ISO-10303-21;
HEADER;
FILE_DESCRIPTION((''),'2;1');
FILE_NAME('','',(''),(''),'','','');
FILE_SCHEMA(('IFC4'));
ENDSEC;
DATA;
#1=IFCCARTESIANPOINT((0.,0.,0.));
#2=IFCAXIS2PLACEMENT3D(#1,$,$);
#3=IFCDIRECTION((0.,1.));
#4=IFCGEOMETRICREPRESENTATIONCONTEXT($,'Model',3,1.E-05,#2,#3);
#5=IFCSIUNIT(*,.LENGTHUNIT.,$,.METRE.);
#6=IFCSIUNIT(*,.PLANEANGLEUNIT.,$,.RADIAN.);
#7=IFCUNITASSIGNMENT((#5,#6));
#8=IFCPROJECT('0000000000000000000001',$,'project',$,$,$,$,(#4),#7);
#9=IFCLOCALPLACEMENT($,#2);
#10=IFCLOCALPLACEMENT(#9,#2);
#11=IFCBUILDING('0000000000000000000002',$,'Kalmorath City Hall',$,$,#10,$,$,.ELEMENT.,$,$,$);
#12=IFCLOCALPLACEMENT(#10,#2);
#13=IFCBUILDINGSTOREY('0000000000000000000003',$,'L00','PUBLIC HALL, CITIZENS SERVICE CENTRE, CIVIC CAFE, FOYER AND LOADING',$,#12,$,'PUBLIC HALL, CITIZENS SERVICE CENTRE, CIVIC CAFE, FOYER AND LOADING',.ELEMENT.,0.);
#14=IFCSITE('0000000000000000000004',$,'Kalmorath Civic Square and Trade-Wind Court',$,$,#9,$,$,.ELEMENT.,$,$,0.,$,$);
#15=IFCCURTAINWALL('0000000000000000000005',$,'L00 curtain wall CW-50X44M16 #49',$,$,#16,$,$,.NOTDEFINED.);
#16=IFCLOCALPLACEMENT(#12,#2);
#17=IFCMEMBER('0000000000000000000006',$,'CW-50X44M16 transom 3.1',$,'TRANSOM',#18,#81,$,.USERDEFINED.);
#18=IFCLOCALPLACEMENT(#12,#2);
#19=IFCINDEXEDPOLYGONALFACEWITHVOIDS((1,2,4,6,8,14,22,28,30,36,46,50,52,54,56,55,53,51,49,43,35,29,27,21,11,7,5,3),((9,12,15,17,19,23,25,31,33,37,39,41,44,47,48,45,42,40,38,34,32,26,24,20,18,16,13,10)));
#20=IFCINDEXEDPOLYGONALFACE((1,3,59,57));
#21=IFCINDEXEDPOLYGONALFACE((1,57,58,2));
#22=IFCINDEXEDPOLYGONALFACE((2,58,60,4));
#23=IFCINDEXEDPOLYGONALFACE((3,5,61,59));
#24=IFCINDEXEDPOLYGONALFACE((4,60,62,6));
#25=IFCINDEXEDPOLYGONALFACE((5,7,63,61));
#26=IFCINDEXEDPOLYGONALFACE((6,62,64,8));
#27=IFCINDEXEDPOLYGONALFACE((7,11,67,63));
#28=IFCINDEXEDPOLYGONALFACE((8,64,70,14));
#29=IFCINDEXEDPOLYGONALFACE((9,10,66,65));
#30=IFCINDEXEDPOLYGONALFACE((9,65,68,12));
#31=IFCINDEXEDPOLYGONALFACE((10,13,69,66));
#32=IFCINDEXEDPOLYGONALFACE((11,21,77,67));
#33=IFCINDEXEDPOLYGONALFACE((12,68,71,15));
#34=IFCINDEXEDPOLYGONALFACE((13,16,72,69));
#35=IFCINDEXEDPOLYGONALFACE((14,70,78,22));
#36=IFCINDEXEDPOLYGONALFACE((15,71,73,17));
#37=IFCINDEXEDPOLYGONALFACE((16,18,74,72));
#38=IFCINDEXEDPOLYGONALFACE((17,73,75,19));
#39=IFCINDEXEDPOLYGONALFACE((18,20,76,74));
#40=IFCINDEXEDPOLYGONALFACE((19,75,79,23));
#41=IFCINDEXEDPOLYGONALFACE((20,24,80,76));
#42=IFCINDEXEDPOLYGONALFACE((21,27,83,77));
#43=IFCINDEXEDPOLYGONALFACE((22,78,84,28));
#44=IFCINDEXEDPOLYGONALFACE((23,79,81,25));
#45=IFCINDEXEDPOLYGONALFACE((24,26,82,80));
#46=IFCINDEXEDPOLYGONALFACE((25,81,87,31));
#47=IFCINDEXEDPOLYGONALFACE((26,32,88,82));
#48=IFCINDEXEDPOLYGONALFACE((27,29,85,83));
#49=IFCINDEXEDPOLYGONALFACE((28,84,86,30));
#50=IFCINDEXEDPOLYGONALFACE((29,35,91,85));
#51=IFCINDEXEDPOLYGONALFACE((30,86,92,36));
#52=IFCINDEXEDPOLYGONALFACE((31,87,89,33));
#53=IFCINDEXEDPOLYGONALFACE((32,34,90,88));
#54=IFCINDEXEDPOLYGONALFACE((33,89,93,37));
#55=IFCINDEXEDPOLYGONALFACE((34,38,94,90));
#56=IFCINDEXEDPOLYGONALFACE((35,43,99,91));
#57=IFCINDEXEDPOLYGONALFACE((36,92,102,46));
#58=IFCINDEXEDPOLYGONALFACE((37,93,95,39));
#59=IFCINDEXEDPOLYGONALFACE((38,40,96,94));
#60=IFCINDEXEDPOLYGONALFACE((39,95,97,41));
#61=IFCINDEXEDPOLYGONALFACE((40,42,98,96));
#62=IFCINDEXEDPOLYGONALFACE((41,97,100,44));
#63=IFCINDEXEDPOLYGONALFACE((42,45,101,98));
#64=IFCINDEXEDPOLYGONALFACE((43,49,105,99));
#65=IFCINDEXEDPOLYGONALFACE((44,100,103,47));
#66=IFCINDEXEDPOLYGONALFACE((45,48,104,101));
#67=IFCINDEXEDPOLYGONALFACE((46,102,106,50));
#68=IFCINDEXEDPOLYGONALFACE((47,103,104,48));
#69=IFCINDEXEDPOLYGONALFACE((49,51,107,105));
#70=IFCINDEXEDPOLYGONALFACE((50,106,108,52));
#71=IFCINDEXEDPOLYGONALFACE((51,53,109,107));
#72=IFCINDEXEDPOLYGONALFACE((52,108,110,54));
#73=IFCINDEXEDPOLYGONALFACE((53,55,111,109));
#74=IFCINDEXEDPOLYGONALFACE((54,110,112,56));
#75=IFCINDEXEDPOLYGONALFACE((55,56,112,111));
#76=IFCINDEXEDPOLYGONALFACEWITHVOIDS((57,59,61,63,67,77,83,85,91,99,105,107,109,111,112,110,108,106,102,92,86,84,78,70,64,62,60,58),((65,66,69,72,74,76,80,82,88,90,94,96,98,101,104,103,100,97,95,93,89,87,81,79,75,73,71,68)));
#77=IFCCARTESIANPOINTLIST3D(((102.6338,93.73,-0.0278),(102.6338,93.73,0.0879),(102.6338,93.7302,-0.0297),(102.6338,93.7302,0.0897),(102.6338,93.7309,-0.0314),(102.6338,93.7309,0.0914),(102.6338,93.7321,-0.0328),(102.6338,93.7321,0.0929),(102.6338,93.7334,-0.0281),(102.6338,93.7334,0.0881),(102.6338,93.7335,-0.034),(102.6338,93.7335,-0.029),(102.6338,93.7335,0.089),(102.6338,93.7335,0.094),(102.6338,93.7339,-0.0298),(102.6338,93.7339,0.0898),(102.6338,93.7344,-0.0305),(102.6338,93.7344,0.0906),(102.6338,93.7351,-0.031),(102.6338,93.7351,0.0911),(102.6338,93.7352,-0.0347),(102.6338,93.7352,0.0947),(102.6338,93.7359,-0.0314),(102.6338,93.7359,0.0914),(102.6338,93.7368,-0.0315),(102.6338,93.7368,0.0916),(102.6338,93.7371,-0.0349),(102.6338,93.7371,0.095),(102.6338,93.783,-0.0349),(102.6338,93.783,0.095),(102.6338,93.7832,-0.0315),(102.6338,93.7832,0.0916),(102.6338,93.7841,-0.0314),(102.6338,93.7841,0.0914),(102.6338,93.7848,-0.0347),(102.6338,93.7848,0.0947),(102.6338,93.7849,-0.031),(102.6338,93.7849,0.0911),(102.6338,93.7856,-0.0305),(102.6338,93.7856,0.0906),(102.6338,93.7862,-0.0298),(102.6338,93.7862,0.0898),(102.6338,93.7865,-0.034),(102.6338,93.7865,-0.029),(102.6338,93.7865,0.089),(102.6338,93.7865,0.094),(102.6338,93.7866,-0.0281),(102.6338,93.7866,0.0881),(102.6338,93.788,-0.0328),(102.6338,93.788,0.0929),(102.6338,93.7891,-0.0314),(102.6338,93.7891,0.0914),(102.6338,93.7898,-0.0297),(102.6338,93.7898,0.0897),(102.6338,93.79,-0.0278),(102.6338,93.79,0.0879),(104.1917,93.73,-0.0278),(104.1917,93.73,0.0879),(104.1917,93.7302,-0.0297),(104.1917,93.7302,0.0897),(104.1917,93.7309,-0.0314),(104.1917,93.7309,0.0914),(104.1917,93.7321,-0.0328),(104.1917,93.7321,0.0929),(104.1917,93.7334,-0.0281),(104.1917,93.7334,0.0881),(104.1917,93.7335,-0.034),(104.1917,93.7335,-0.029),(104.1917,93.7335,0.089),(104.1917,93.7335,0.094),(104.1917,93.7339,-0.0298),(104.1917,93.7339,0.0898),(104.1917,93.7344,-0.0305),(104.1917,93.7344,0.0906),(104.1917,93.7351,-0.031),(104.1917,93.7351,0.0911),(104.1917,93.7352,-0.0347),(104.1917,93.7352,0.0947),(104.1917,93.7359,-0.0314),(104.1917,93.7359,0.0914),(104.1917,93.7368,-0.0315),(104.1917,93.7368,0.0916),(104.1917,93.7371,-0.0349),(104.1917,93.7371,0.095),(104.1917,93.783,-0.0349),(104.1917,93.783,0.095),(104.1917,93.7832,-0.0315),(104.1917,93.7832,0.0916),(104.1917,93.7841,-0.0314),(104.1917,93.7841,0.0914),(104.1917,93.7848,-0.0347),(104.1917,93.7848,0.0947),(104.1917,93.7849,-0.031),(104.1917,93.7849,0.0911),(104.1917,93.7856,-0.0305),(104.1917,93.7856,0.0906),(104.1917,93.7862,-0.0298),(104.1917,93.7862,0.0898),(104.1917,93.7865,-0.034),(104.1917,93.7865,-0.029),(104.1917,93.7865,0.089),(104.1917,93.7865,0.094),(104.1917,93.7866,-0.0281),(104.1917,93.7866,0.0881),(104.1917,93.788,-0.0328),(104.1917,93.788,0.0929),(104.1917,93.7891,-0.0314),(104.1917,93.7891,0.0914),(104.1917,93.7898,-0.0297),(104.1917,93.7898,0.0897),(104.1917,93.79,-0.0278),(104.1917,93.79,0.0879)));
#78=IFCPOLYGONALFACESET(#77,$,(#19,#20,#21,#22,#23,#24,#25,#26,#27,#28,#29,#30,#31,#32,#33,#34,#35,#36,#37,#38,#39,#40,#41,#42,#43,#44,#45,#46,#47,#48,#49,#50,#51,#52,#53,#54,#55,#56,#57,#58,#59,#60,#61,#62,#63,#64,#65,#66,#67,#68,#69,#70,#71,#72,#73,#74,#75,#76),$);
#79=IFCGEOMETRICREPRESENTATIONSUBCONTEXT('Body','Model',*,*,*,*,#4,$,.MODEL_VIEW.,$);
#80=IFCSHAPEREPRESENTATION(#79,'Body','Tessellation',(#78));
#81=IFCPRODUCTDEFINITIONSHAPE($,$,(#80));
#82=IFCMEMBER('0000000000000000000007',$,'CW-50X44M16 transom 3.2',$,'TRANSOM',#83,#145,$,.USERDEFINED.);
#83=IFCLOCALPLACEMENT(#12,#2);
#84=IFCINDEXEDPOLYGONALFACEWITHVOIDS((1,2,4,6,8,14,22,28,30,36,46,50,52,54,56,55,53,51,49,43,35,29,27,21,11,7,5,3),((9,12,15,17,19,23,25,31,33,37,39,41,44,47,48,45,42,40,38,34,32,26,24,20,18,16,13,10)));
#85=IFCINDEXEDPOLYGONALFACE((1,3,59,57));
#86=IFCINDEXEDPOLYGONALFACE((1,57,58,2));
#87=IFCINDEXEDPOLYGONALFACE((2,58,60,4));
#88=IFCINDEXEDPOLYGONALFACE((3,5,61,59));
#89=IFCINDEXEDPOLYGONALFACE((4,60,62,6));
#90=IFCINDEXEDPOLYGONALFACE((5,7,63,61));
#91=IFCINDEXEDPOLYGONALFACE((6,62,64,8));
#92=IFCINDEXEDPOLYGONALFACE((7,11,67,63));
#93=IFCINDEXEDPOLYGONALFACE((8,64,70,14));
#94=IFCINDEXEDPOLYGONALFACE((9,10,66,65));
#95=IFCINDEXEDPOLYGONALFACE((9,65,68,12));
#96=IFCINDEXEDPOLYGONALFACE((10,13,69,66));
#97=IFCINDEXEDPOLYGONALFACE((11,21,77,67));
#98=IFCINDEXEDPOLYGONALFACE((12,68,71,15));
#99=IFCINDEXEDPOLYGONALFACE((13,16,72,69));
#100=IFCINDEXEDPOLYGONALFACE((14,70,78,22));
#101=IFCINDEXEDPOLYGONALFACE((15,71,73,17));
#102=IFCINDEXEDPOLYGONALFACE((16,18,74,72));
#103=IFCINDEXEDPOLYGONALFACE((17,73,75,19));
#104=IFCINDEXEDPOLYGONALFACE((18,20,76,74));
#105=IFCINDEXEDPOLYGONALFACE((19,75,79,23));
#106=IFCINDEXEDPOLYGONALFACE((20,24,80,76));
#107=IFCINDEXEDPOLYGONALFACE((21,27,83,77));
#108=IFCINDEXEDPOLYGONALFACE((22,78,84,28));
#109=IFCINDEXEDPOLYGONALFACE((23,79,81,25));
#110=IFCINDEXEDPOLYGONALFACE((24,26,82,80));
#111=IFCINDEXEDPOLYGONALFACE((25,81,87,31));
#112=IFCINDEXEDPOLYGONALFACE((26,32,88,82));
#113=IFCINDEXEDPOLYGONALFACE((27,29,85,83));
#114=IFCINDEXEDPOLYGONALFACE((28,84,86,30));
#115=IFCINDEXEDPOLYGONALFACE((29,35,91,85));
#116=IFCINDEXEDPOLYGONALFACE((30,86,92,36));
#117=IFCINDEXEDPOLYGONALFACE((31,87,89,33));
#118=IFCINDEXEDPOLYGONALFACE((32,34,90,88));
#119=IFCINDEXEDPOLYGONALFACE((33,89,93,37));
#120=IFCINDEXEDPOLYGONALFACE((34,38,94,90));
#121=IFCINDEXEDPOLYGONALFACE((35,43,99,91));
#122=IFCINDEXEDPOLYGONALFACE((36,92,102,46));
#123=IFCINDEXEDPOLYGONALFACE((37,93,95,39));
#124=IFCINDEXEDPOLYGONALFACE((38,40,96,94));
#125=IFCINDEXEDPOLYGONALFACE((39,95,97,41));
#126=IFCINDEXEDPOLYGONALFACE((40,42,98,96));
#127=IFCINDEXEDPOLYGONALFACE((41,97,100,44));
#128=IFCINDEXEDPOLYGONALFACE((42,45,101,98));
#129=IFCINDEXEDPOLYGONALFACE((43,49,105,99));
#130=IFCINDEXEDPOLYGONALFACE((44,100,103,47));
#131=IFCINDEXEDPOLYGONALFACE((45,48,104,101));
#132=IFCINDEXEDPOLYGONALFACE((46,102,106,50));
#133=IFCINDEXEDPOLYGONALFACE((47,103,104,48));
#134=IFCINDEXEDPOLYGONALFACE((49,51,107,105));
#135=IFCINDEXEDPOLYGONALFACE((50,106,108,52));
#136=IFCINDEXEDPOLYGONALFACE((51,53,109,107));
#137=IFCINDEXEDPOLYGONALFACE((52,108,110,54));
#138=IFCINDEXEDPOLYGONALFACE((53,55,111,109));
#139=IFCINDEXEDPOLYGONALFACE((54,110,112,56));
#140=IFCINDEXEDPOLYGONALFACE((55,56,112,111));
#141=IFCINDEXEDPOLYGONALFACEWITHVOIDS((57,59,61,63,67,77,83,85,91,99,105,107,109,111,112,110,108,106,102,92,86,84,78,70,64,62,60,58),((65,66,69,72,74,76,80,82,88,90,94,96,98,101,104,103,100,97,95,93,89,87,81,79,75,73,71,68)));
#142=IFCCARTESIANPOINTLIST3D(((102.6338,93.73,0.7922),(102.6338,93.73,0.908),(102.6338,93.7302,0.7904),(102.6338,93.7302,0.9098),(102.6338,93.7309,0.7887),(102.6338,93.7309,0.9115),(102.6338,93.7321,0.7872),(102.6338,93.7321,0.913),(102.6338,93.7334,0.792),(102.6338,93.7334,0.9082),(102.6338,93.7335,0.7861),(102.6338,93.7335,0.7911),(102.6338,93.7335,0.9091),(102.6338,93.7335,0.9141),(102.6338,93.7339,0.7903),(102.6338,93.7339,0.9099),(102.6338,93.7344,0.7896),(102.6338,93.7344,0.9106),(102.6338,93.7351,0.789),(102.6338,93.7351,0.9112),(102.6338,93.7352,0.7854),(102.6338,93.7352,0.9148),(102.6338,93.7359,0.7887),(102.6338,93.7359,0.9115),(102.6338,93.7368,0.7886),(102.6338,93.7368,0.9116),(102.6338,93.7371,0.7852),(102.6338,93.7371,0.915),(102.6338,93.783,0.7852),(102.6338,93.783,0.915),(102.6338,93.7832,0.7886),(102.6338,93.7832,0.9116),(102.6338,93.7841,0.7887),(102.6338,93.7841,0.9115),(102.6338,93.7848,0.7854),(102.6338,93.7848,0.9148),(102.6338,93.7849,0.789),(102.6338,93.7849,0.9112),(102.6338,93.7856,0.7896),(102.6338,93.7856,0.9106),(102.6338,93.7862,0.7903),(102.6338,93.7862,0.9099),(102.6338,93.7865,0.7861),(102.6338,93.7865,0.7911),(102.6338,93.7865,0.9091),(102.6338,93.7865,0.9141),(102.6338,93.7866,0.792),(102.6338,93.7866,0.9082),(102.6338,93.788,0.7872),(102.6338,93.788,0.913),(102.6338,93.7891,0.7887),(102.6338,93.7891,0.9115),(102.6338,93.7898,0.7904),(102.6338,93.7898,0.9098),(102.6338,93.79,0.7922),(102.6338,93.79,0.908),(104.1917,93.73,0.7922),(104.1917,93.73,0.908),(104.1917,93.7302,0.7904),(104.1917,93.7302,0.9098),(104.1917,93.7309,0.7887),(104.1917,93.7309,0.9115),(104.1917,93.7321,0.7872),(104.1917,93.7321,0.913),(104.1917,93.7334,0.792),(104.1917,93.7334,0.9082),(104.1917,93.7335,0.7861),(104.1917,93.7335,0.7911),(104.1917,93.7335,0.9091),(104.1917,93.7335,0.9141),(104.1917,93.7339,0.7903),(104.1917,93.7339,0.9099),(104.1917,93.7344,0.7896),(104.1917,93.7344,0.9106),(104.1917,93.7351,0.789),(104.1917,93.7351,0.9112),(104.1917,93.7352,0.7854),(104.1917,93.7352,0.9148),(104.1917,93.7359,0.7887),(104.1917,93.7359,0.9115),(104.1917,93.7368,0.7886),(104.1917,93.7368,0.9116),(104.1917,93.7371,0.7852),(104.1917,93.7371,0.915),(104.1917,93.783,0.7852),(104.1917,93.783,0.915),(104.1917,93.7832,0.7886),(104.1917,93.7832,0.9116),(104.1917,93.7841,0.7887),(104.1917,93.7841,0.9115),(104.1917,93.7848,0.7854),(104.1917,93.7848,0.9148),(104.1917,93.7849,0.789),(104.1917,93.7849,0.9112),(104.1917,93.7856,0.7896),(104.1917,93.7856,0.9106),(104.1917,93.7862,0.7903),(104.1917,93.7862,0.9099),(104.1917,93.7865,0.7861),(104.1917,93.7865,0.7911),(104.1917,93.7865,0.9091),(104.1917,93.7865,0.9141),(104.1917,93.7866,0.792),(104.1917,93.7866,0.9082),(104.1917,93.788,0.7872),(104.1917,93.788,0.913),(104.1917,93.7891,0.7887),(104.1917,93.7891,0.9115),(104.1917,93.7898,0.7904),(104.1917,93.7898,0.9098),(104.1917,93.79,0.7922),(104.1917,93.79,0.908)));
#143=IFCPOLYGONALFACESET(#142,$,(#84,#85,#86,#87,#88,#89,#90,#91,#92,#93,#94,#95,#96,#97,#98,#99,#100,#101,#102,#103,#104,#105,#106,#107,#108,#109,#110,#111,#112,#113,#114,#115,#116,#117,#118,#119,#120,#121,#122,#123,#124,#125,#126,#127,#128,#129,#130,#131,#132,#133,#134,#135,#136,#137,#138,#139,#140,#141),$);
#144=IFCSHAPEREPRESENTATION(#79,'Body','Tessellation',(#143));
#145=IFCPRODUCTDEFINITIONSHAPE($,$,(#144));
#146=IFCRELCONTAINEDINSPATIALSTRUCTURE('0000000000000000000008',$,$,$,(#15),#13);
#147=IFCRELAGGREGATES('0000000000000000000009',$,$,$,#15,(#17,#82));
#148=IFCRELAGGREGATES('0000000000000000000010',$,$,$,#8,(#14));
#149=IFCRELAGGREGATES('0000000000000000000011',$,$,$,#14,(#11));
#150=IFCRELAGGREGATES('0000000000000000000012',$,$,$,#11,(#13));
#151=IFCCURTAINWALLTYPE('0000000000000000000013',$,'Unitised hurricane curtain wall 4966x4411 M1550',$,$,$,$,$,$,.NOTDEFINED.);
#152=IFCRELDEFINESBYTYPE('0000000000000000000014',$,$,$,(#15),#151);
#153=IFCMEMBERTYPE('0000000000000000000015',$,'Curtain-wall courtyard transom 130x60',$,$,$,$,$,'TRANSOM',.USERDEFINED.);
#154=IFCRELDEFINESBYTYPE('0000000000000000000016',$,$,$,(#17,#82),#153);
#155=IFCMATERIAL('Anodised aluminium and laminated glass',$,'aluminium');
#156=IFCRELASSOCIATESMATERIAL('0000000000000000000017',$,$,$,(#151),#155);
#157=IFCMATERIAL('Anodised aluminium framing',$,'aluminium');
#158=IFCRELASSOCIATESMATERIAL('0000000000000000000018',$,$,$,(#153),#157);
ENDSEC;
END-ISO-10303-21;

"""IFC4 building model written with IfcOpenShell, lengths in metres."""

from ifc_helpers import new_model, si_unit, direction, frame, origin, origin_2d, place, context, subcontext, project, spatial, hollow_rectangle, extrude, material, material_profile, profile_set, type_object, element, aggregate, save


model = new_model("IFC4")

# Units and contexts
model_context = context("Model", 3, precision=1e-05, world=origin(), true_north=direction((0.0, 1.0)))
body_context = subcontext(model_context, "Body", "Model", "MODEL_VIEW")
ifc_project = project(units=[si_unit("LENGTHUNIT", "METRE"), si_unit("PLANEANGLEUNIT", "RADIAN")], contexts=[model_context])

# Site, building, storey
site_placement = place(None, origin())
site = spatial("IfcSite", under=ifc_project, at=site_placement, Name="Kalmorath Civic Square and Trade-Wind Court", CompositionType="ELEMENT", RefElevation=0.0)
building_placement = place(site_placement, origin())
building = spatial("IfcBuilding", under=site, at=building_placement, Name="Kalmorath City Hall", CompositionType="ELEMENT")
storey_placement = place(building_placement, origin())
storey = spatial("IfcBuildingStorey", under=building, at=storey_placement, Name="L00", Description="PUBLIC HALL, CITIZENS SERVICE CENTRE, CIVIC CAFE, FOYER AND LOADING", LongName="PUBLIC HALL, CITIZENS SERVICE CENTRE, CIVIC CAFE, FOYER AND LOADING", CompositionType="ELEMENT", Elevation=0.0)

# Curtain wall, members
ifc_material_1 = material(Name="Anodised aluminium and laminated glass", Category="aluminium")
curtain_wall_type = type_object("IfcCurtainWallType", Name="Unitised hurricane curtain wall 4966x4411 M1550", PredefinedType="NOTDEFINED", material=ifc_material_1)
curtain_wall_placement = place(storey_placement, origin())
curtain_wall = element("IfcCurtainWall", 1, at=curtain_wall_placement, inside=storey, type_object=curtain_wall_type, Name="L00 curtain wall CW-50X44M16 #49", PredefinedType="NOTDEFINED")
ifc_material_2 = material(Name="Anodised aluminium framing", Category="aluminium")
ifc_material_profile_1 = material_profile(ifc_material_2, hollow_rectangle(XDim=0.0601, YDim=0.1299, WallThickness=0.0034, InnerFilletRadius=0.0034, OuterFilletRadius=0.0071, at=origin_2d()), Name="ALU-TRN-130X60X3.5")
ifc_profile_set_1 = profile_set([ifc_material_profile_1], Name="Anodised aluminium framing")
member_type_1 = type_object("IfcMemberType", Name="Curtain-wall courtyard transom 130x60", ElementType="TRANSOM", PredefinedType="USERDEFINED", material=ifc_profile_set_1)
member_1_placement = place(storey_placement, frame((104.1917, 93.76, 0.03), z_axis=(-1.0, 0.0, 0.0), x_axis=(0.0, -1.0, 0.0)))
member_1 = element("IfcMember", 2, at=member_1_placement, type_object=member_type_1, Name="CW-50X44M16 transom 3.1", ObjectType="TRANSOM", PredefinedType="USERDEFINED", context=body_context, shape_type="SweptSolid", body=[
    extrude(hollow_rectangle(XDim=0.0601, YDim=0.1299, WallThickness=0.0034, InnerFilletRadius=0.0034, OuterFilletRadius=0.0071, at=origin_2d()), origin(), (0.0, 0.0, 1.0), 1.5579),
])
member_2_placement = place(storey_placement, frame((104.1917, 93.76, 0.8501), z_axis=(-1.0, 0.0, 0.0), x_axis=(0.0, -1.0, 0.0)))
member_2 = element("IfcMember", 3, at=member_2_placement, type_object=member_type_1, Name="CW-50X44M16 transom 3.2", ObjectType="TRANSOM", PredefinedType="USERDEFINED", context=body_context, shape_type="SweptSolid", body=[
    extrude(hollow_rectangle(XDim=0.0601, YDim=0.1299, WallThickness=0.0034, InnerFilletRadius=0.0034, OuterFilletRadius=0.0071, at=origin_2d()), origin(), (0.0, 0.0, 1.0), 1.5579),
])
aggregate(curtain_wall, [member_1, member_2])

save(model, "model.ifc")
